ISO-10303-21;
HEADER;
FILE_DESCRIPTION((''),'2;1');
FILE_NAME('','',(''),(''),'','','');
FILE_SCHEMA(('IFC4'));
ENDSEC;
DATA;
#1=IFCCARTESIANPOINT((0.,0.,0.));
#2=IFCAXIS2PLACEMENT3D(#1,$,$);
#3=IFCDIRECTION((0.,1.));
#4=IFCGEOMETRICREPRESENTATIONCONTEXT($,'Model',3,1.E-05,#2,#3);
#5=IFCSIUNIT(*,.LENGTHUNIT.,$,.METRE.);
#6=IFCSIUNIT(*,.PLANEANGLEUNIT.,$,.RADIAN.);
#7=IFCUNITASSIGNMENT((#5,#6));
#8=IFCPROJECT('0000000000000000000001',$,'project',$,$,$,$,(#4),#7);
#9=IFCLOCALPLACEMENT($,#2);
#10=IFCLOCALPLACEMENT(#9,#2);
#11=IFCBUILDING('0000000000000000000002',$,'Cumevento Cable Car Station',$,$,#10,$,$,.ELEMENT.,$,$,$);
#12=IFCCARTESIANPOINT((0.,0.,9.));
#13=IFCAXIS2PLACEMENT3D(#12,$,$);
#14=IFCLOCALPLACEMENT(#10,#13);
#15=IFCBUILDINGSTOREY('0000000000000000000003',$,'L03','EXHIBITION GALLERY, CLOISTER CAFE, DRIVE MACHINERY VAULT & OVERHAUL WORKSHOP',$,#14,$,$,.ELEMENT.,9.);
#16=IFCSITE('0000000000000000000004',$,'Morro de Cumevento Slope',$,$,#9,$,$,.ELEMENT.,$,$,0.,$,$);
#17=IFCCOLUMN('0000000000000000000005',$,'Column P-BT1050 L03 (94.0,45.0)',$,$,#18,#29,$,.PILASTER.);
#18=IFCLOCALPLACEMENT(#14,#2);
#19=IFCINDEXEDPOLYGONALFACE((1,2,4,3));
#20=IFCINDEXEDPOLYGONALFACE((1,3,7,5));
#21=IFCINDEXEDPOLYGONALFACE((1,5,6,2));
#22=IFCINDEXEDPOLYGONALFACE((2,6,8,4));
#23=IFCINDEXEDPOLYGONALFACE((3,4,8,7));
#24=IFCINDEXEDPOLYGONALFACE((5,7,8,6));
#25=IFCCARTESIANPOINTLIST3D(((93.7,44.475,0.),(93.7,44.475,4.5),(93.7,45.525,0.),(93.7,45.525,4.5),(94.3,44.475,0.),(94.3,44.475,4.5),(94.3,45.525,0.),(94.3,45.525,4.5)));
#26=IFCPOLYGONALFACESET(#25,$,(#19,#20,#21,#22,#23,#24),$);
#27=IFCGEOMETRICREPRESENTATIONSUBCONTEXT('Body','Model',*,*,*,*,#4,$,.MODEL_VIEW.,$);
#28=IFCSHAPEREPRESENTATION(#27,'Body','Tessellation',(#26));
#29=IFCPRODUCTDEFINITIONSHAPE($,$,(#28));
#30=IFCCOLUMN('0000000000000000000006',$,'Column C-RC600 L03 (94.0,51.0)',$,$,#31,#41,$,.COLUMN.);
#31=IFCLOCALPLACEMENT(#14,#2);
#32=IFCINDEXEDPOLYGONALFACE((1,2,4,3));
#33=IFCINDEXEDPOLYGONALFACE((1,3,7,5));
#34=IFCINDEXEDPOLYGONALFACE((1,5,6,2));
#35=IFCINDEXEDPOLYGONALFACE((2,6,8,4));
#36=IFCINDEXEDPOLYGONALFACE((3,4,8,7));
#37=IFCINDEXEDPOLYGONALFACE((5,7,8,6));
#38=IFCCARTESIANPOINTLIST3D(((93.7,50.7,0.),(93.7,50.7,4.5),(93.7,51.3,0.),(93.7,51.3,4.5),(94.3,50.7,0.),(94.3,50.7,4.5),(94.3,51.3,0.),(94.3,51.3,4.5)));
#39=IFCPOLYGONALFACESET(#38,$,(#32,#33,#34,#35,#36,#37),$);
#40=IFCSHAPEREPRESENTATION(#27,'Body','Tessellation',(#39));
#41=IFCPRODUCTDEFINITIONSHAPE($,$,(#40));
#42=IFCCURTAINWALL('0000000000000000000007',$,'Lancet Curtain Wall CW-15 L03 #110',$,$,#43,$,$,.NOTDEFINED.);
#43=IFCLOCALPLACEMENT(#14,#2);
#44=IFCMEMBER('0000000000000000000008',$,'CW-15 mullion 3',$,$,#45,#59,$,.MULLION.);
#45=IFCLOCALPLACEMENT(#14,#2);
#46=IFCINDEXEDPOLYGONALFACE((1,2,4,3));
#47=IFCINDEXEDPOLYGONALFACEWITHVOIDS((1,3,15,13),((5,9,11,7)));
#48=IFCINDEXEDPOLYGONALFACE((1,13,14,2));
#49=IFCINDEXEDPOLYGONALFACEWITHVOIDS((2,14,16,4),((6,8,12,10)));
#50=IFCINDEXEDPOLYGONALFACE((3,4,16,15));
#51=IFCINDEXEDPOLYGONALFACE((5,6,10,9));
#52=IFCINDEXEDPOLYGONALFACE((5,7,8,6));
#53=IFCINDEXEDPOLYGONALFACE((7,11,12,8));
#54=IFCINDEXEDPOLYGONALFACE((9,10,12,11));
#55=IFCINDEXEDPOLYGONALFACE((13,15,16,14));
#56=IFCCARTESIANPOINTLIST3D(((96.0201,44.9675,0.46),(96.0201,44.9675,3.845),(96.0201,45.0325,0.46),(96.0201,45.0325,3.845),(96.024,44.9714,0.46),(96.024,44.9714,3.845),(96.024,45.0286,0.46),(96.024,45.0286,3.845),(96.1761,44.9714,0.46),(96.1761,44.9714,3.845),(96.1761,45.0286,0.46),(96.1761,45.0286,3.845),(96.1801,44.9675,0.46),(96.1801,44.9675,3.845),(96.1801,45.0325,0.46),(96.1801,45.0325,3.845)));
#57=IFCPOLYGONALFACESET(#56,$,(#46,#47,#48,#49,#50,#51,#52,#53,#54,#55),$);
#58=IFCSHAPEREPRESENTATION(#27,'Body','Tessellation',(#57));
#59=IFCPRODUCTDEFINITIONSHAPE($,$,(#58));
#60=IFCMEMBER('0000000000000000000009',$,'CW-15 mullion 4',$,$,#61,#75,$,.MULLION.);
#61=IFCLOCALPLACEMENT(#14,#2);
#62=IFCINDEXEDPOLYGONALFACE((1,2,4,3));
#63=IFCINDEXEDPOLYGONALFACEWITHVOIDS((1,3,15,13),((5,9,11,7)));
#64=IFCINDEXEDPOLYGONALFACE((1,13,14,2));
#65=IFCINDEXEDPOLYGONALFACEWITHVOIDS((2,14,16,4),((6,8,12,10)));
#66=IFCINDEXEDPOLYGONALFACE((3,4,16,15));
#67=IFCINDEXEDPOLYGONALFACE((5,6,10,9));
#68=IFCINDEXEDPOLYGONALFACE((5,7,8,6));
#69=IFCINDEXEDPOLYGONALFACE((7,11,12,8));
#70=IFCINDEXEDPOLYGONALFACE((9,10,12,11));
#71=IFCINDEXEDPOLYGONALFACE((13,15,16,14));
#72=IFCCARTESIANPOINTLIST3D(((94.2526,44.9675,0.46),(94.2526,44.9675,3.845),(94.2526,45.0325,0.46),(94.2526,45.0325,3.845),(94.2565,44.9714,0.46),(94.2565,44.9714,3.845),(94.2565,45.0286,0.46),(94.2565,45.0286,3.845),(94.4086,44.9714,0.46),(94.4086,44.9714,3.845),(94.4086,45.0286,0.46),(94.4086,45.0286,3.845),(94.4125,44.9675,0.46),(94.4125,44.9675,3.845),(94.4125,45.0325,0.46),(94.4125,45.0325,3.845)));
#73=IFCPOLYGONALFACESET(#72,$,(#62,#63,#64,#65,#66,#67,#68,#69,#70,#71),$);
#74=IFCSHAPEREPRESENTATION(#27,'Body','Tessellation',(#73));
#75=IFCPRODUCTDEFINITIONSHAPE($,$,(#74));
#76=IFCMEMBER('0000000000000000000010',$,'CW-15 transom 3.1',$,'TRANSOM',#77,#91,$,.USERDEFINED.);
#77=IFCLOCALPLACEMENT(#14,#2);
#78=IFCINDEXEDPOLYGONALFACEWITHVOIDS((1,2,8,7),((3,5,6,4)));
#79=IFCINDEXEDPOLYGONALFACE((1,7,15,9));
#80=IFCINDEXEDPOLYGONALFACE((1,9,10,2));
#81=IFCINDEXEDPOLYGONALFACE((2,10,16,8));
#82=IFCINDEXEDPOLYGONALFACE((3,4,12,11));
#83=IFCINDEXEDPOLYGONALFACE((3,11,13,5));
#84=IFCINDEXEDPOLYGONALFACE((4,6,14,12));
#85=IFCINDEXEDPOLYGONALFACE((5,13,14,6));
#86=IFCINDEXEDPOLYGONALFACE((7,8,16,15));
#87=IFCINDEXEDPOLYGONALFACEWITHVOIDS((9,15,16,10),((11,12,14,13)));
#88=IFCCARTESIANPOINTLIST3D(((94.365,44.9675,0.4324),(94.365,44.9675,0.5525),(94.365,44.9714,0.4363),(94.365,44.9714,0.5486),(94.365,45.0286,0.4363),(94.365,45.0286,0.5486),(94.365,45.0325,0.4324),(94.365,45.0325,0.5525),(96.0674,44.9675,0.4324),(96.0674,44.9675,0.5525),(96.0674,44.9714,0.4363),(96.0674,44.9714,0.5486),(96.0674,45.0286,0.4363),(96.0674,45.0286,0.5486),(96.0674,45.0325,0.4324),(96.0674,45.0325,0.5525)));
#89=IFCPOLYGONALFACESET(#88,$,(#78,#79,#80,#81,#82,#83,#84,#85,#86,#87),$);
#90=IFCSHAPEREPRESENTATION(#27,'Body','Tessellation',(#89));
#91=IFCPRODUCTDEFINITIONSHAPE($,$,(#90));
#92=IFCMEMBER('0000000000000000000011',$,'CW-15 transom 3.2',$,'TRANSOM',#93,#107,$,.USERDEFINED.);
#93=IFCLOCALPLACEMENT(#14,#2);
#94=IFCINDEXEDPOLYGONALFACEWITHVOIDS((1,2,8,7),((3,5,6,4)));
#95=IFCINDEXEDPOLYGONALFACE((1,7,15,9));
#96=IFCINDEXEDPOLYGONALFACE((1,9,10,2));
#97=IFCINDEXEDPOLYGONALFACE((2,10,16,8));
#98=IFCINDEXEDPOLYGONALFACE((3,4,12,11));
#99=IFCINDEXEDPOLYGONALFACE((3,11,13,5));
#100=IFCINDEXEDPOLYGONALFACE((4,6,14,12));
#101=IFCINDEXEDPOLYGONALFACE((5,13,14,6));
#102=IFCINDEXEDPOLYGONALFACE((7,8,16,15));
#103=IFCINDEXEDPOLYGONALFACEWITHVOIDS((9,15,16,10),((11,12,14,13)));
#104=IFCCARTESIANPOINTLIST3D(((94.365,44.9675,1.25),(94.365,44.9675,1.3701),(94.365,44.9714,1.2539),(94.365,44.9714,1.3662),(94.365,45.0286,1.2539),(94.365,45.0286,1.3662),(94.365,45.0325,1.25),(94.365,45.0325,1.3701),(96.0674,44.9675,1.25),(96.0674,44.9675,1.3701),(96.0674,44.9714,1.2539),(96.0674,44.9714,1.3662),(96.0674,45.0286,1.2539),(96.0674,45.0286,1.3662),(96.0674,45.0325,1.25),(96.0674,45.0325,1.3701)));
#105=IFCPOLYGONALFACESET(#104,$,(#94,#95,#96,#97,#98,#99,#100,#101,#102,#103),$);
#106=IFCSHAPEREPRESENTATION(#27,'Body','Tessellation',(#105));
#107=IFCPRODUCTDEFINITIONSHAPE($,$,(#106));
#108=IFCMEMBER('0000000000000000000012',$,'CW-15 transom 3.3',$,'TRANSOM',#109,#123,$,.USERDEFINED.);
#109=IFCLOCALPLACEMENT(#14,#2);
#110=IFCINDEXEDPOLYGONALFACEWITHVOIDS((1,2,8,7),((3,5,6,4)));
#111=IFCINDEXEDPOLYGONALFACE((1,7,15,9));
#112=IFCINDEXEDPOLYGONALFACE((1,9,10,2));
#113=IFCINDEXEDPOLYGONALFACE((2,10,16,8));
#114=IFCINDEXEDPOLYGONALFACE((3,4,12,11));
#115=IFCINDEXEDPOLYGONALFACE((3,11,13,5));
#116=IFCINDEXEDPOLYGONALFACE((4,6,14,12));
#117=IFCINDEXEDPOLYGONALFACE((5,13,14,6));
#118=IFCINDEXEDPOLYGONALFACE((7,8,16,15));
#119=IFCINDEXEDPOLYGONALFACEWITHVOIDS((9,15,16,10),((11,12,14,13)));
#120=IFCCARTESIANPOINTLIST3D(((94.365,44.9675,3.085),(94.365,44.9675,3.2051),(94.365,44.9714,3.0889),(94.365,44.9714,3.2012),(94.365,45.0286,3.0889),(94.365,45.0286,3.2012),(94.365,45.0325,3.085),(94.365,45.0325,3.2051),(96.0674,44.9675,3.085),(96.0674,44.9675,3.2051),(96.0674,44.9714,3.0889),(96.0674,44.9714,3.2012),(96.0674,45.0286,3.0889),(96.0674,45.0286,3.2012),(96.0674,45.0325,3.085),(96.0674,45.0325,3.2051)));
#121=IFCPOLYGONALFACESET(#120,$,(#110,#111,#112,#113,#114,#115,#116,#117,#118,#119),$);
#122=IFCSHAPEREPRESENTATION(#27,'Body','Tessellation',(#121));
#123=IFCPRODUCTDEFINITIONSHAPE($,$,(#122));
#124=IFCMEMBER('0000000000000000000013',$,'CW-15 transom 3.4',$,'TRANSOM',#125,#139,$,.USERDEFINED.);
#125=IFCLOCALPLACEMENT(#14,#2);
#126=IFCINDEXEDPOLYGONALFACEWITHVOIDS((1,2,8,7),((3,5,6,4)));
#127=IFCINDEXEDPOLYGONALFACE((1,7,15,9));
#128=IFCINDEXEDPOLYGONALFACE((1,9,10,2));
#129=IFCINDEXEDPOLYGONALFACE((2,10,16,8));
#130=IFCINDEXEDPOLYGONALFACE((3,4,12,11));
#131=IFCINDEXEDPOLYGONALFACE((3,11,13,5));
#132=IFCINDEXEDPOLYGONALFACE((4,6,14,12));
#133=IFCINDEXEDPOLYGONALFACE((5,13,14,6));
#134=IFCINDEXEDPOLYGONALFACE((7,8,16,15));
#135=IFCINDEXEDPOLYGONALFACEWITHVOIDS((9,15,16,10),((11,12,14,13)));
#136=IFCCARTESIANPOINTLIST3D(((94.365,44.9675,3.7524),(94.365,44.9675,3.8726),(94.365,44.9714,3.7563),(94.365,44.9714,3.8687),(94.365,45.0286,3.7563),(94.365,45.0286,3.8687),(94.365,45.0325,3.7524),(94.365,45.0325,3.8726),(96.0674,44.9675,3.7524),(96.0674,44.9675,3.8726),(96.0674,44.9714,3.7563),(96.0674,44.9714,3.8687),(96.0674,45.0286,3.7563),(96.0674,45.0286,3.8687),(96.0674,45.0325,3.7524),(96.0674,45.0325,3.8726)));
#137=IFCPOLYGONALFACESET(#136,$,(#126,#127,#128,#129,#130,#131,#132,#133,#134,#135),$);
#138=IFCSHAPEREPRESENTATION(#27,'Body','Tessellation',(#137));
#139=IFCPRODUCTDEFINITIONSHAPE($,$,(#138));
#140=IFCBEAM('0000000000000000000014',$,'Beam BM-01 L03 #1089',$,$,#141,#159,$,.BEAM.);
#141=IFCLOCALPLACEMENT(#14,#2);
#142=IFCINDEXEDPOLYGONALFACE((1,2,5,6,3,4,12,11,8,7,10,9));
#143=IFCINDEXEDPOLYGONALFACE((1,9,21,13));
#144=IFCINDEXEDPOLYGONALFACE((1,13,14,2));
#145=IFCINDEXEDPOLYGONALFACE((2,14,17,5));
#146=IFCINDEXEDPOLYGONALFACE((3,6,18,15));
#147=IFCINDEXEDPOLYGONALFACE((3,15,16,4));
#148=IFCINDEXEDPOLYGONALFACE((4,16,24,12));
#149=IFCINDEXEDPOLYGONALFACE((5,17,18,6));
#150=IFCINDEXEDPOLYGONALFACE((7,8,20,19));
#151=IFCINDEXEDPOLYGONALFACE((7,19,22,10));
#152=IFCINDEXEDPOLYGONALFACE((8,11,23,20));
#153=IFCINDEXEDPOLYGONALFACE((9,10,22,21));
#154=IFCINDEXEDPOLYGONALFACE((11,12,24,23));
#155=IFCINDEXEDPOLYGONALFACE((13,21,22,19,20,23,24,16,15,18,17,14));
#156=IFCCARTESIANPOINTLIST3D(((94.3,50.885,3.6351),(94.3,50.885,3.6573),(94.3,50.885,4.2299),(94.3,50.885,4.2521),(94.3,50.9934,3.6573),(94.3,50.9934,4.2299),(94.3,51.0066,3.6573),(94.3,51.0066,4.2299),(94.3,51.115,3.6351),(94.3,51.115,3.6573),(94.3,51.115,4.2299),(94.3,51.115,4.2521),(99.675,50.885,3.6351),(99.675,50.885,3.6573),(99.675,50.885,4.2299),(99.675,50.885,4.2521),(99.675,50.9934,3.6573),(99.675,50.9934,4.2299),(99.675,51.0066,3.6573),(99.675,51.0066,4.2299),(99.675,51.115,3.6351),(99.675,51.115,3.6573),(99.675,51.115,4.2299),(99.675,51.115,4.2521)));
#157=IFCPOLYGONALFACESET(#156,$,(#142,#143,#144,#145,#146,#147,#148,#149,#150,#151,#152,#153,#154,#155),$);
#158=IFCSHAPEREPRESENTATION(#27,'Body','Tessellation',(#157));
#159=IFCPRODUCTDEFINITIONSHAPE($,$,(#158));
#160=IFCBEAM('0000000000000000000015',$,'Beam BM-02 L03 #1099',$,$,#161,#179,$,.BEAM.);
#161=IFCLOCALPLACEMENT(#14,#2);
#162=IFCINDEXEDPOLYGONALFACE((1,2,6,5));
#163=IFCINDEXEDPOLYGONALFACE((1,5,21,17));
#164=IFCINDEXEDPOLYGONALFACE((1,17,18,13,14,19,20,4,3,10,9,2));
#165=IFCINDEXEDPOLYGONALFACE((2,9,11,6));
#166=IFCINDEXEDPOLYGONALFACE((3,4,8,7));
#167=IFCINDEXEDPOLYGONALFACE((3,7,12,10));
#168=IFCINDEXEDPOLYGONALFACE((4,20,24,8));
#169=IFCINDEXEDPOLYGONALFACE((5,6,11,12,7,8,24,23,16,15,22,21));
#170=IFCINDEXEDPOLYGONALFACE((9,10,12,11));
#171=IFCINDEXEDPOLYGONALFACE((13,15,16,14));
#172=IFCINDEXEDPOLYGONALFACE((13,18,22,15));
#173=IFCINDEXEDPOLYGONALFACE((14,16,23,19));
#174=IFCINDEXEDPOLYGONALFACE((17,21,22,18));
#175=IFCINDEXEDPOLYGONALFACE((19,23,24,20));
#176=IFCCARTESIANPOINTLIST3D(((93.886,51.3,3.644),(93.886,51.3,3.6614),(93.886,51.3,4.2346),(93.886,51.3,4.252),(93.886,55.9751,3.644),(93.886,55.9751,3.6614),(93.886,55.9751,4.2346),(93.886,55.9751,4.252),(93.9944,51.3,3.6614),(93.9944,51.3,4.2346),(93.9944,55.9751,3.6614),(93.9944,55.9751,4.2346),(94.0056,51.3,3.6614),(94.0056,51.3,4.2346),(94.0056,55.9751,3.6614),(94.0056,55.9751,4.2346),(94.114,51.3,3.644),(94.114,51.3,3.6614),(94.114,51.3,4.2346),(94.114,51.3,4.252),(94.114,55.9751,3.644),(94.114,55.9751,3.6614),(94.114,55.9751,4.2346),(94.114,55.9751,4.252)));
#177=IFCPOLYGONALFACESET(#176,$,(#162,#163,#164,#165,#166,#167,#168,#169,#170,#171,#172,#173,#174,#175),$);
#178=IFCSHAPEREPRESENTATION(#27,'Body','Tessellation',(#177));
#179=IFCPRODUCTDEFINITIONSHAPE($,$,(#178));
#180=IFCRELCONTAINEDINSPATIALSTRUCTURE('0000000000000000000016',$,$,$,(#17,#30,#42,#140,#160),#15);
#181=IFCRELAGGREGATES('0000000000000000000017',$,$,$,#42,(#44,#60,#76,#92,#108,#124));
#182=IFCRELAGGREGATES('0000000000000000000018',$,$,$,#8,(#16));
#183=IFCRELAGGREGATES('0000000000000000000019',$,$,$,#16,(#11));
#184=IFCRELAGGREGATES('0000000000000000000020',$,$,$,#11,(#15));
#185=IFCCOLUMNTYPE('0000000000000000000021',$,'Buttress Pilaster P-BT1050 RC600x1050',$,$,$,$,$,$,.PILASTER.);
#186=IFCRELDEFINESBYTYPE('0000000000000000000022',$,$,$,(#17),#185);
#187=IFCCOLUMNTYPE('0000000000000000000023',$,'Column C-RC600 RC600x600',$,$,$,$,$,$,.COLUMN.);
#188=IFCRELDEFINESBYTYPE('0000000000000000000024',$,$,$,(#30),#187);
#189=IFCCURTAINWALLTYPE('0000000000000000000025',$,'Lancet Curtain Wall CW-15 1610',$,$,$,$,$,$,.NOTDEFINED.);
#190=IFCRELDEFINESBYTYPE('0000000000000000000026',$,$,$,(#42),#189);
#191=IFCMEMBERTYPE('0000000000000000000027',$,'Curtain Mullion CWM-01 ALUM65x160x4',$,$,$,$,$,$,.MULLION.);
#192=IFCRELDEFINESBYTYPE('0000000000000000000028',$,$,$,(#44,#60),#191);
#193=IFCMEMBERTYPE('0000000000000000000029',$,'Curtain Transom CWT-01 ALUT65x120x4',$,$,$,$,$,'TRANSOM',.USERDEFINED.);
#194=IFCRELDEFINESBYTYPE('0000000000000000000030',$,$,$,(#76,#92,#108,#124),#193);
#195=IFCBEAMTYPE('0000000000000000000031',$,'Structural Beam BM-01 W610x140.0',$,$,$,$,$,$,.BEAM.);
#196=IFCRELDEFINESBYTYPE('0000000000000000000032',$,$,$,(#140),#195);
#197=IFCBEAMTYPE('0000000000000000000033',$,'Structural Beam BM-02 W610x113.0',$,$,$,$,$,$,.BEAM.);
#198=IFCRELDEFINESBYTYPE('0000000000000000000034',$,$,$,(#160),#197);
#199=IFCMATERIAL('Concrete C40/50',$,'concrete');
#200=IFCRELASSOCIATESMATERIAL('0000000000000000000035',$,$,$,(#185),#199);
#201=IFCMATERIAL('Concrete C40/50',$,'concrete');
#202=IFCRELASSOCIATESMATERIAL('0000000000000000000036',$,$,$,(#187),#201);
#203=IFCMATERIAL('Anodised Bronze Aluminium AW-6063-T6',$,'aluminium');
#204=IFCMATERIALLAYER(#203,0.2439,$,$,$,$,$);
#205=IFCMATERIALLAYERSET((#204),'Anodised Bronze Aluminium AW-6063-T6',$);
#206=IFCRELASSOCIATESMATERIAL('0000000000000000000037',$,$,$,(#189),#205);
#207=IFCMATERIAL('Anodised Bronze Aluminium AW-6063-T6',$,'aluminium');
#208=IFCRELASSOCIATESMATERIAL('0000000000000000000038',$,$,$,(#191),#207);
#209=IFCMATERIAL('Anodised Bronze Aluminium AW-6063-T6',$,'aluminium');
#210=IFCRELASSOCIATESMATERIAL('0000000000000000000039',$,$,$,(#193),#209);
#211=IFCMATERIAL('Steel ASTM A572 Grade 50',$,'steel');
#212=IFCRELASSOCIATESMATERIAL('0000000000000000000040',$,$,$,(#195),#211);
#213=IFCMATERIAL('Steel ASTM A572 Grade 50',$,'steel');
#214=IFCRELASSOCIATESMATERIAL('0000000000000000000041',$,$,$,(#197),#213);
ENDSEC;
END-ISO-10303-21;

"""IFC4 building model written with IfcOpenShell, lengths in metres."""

from ifc_helpers import new_model, si_unit, direction, frame, origin, origin_2d, place, context, subcontext, project, spatial, rectangle, hollow_rectangle, i_section, extrude, material, layer, layer_set, material_profile, profile_set, type_object, element, aggregate, save


model = new_model("IFC4")

# Units and contexts
model_context = context("Model", 3, precision=1e-05, world=origin(), true_north=direction((0.0, 1.0)))
body_context = subcontext(model_context, "Body", "Model", "MODEL_VIEW")
ifc_project = project(units=[si_unit("LENGTHUNIT", "METRE"), si_unit("PLANEANGLEUNIT", "RADIAN")], contexts=[model_context])

# Site, building, storey
site_placement = place(None, origin())
site = spatial("IfcSite", under=ifc_project, at=site_placement, Name="Morro de Cumevento Slope", CompositionType="ELEMENT", RefElevation=0.0)
building_placement = place(site_placement, origin())
building = spatial("IfcBuilding", under=site, at=building_placement, Name="Cumevento Cable Car Station", CompositionType="ELEMENT")
storey_placement = place(building_placement, frame((0.0, 0.0, 9.0)))
storey = spatial("IfcBuildingStorey", under=building, at=storey_placement, Name="L03", Description="EXHIBITION GALLERY, CLOISTER CAFE, DRIVE MACHINERY VAULT & OVERHAUL WORKSHOP", CompositionType="ELEMENT", Elevation=9.0)

# Columns
ifc_material_1 = material(Name="Concrete C40/50", Category="concrete")
ifc_material_profile_1 = material_profile(ifc_material_1, rectangle(XDim=0.6001, YDim=1.05, at=origin_2d()), Name="RC600x1050")
ifc_profile_set_1 = profile_set([ifc_material_profile_1], Name="Concrete C40/50")
column_type_1 = type_object("IfcColumnType", Name="Buttress Pilaster P-BT1050 RC600x1050", PredefinedType="PILASTER", material=ifc_profile_set_1)
column_1_placement = place(storey_placement, frame((94.0, 45.0, 0.0), z_axis=(0.0, 0.0, 1.0), x_axis=(1.0, 0.0, 0.0)))
element("IfcColumn", 1, at=column_1_placement, inside=storey, type_object=column_type_1, Name="Column P-BT1050 L03 (94.0,45.0)", PredefinedType="PILASTER", context=body_context, shape_type="SweptSolid", body=[
    extrude(rectangle(XDim=0.6001, YDim=1.05, at=origin_2d()), origin(), (0.0, 0.0, 1.0), 4.5),
])
ifc_material_2 = material(Name="Concrete C40/50", Category="concrete")
ifc_material_profile_2 = material_profile(ifc_material_2, rectangle(XDim=0.6001, YDim=0.6001, at=origin_2d()), Name="RC600x600")
ifc_profile_set_2 = profile_set([ifc_material_profile_2], Name="Concrete C40/50")
column_type_2 = type_object("IfcColumnType", Name="Column C-RC600 RC600x600", PredefinedType="COLUMN", material=ifc_profile_set_2)
column_2_placement = place(storey_placement, frame((94.0, 51.0, 0.0), z_axis=(0.0, 0.0, 1.0), x_axis=(1.0, 0.0, 0.0)))
element("IfcColumn", 2, at=column_2_placement, inside=storey, type_object=column_type_2, Name="Column C-RC600 L03 (94.0,51.0)", PredefinedType="COLUMN", context=body_context, shape_type="SweptSolid", body=[
    extrude(rectangle(XDim=0.6001, YDim=0.6001, at=origin_2d()), origin(), (0.0, 0.0, 1.0), 4.5),
])

# Curtain wall, members
ifc_material_3 = material(Name="Anodised Bronze Aluminium AW-6063-T6", Category="aluminium")
ifc_layer_1 = layer(ifc_material_3, 0.2439)
ifc_layer_set_1 = layer_set([ifc_layer_1], Name="Anodised Bronze Aluminium AW-6063-T6")
curtain_wall_type = type_object("IfcCurtainWallType", Name="Lancet Curtain Wall CW-15 1610", PredefinedType="NOTDEFINED", material=ifc_layer_set_1)
curtain_wall_placement = place(storey_placement, origin())
curtain_wall = element("IfcCurtainWall", 3, at=curtain_wall_placement, inside=storey, type_object=curtain_wall_type, Name="Lancet Curtain Wall CW-15 L03 #110", PredefinedType="NOTDEFINED")
ifc_material_4 = material(Name="Anodised Bronze Aluminium AW-6063-T6", Category="aluminium")
ifc_material_profile_3 = material_profile(ifc_material_4, hollow_rectangle(XDim=0.0649, YDim=0.1599, WallThickness=0.0039, at=origin_2d()), Name="ALUM65x160x4")
ifc_profile_set_3 = profile_set([ifc_material_profile_3], Name="Anodised Bronze Aluminium AW-6063-T6")
member_type_1 = type_object("IfcMemberType", Name="Curtain Mullion CWM-01 ALUM65x160x4", PredefinedType="MULLION", material=ifc_profile_set_3)
member_1_placement = place(storey_placement, frame((96.1001, 45.0, 0.46), z_axis=(0.0, 0.0, 1.0), x_axis=(0.0, -1.0, 0.0)))
member_1 = element("IfcMember", 4, at=member_1_placement, type_object=member_type_1, Name="CW-15 mullion 3", PredefinedType="MULLION", context=body_context, shape_type="SweptSolid", body=[
    extrude(hollow_rectangle(XDim=0.0649, YDim=0.1599, WallThickness=0.0039, at=origin_2d()), origin(), (0.0, 0.0, 1.0), 3.385),
])
member_2_placement = place(storey_placement, frame((94.3325, 45.0, 0.46), z_axis=(0.0, 0.0, 1.0), x_axis=(0.0, -1.0, 0.0)))
member_2 = element("IfcMember", 5, at=member_2_placement, type_object=member_type_1, Name="CW-15 mullion 4", PredefinedType="MULLION", context=body_context, shape_type="SweptSolid", body=[
    extrude(hollow_rectangle(XDim=0.0649, YDim=0.1599, WallThickness=0.0039, at=origin_2d()), origin(), (0.0, 0.0, 1.0), 3.385),
])
ifc_material_5 = material(Name="Anodised Bronze Aluminium AW-6063-T6", Category="aluminium")
ifc_material_profile_4 = material_profile(ifc_material_5, hollow_rectangle(XDim=0.0649, YDim=0.1201, WallThickness=0.0039, at=origin_2d()), Name="ALUT65x120x4")
ifc_profile_set_4 = profile_set([ifc_material_profile_4], Name="Anodised Bronze Aluminium AW-6063-T6")
member_type_2 = type_object("IfcMemberType", Name="Curtain Transom CWT-01 ALUT65x120x4", ElementType="TRANSOM", PredefinedType="USERDEFINED", material=ifc_profile_set_4)
member_3_placement = place(storey_placement, frame((96.0674, 45.0, 0.4924), z_axis=(-1.0, 0.0, 0.0), x_axis=(0.0, -1.0, 0.0)))
member_3 = element("IfcMember", 6, at=member_3_placement, type_object=member_type_2, Name="CW-15 transom 3.1", ObjectType="TRANSOM", PredefinedType="USERDEFINED", context=body_context, shape_type="SweptSolid", body=[
    extrude(hollow_rectangle(XDim=0.0649, YDim=0.1201, WallThickness=0.0039, at=origin_2d()), origin(), (0.0, 0.0, 1.0), 1.7024),
])
member_4_placement = place(storey_placement, frame((96.0674, 45.0, 1.3101), z_axis=(-1.0, 0.0, 0.0), x_axis=(0.0, -1.0, 0.0)))
member_4 = element("IfcMember", 7, at=member_4_placement, type_object=member_type_2, Name="CW-15 transom 3.2", ObjectType="TRANSOM", PredefinedType="USERDEFINED", context=body_context, shape_type="SweptSolid", body=[
    extrude(hollow_rectangle(XDim=0.0649, YDim=0.1201, WallThickness=0.0039, at=origin_2d()), origin(), (0.0, 0.0, 1.0), 1.7024),
])
member_5_placement = place(storey_placement, frame((96.0674, 45.0, 3.145), z_axis=(-1.0, 0.0, 0.0), x_axis=(0.0, -1.0, 0.0)))
member_5 = element("IfcMember", 8, at=member_5_placement, type_object=member_type_2, Name="CW-15 transom 3.3", ObjectType="TRANSOM", PredefinedType="USERDEFINED", context=body_context, shape_type="SweptSolid", body=[
    extrude(hollow_rectangle(XDim=0.0649, YDim=0.1201, WallThickness=0.0039, at=origin_2d()), origin(), (0.0, 0.0, 1.0), 1.7024),
])
member_6_placement = place(storey_placement, frame((96.0674, 45.0, 3.8125), z_axis=(-1.0, 0.0, 0.0), x_axis=(0.0, -1.0, 0.0)))
member_6 = element("IfcMember", 9, at=member_6_placement, type_object=member_type_2, Name="CW-15 transom 3.4", ObjectType="TRANSOM", PredefinedType="USERDEFINED", context=body_context, shape_type="SweptSolid", body=[
    extrude(hollow_rectangle(XDim=0.0649, YDim=0.1201, WallThickness=0.0039, at=origin_2d()), origin(), (0.0, 0.0, 1.0), 1.7024),
])

# Beams
ifc_material_6 = material(Name="Steel ASTM A572 Grade 50", Category="steel")
ifc_material_profile_5 = material_profile(ifc_material_6, i_section(OverallWidth=0.23, OverallDepth=0.6169, WebThickness=0.0132, FlangeThickness=0.0222, at=origin_2d()), Name="W610x140.0")
ifc_profile_set_5 = profile_set([ifc_material_profile_5], Name="Steel ASTM A572 Grade 50")
beam_type_1 = type_object("IfcBeamType", Name="Structural Beam BM-01 W610x140.0", PredefinedType="BEAM", material=ifc_profile_set_5)
beam_1_placement = place(storey_placement, frame((94.3, 51.0, 3.9436), z_axis=(1.0, 0.0, 0.0), x_axis=(0.0, 1.0, 0.0)))
element("IfcBeam", 10, at=beam_1_placement, inside=storey, type_object=beam_type_1, Name="Beam BM-01 L03 #1089", PredefinedType="BEAM", context=body_context, shape_type="SweptSolid", body=[
    extrude(i_section(OverallWidth=0.23, OverallDepth=0.6169, WebThickness=0.0132, FlangeThickness=0.0222, at=origin_2d()), origin(), (0.0, 0.0, 1.0), 5.375),
])
ifc_material_7 = material(Name="Steel ASTM A572 Grade 50", Category="steel")
ifc_material_profile_6 = material_profile(ifc_material_7, i_section(OverallWidth=0.228, OverallDepth=0.6079, WebThickness=0.0112, FlangeThickness=0.0173, at=origin_2d()), Name="W610x113.0")
ifc_profile_set_6 = profile_set([ifc_material_profile_6], Name="Steel ASTM A572 Grade 50")
beam_type_2 = type_object("IfcBeamType", Name="Structural Beam BM-02 W610x113.0", PredefinedType="BEAM", material=ifc_profile_set_6)
beam_2_placement = place(storey_placement, frame((94.0, 51.3, 3.948), z_axis=(0.0, 1.0, 0.0), x_axis=(-1.0, 0.0, 0.0)))
element("IfcBeam", 11, at=beam_2_placement, inside=storey, type_object=beam_type_2, Name="Beam BM-02 L03 #1099", PredefinedType="BEAM", context=body_context, shape_type="SweptSolid", body=[
    extrude(i_section(OverallWidth=0.228, OverallDepth=0.6079, WebThickness=0.0112, FlangeThickness=0.0173, at=origin_2d()), origin(), (0.0, 0.0, 1.0), 4.675),
])

aggregate(curtain_wall, [member_1, member_2, member_3, member_4, member_5, member_6])

save(model, "model.ifc")
